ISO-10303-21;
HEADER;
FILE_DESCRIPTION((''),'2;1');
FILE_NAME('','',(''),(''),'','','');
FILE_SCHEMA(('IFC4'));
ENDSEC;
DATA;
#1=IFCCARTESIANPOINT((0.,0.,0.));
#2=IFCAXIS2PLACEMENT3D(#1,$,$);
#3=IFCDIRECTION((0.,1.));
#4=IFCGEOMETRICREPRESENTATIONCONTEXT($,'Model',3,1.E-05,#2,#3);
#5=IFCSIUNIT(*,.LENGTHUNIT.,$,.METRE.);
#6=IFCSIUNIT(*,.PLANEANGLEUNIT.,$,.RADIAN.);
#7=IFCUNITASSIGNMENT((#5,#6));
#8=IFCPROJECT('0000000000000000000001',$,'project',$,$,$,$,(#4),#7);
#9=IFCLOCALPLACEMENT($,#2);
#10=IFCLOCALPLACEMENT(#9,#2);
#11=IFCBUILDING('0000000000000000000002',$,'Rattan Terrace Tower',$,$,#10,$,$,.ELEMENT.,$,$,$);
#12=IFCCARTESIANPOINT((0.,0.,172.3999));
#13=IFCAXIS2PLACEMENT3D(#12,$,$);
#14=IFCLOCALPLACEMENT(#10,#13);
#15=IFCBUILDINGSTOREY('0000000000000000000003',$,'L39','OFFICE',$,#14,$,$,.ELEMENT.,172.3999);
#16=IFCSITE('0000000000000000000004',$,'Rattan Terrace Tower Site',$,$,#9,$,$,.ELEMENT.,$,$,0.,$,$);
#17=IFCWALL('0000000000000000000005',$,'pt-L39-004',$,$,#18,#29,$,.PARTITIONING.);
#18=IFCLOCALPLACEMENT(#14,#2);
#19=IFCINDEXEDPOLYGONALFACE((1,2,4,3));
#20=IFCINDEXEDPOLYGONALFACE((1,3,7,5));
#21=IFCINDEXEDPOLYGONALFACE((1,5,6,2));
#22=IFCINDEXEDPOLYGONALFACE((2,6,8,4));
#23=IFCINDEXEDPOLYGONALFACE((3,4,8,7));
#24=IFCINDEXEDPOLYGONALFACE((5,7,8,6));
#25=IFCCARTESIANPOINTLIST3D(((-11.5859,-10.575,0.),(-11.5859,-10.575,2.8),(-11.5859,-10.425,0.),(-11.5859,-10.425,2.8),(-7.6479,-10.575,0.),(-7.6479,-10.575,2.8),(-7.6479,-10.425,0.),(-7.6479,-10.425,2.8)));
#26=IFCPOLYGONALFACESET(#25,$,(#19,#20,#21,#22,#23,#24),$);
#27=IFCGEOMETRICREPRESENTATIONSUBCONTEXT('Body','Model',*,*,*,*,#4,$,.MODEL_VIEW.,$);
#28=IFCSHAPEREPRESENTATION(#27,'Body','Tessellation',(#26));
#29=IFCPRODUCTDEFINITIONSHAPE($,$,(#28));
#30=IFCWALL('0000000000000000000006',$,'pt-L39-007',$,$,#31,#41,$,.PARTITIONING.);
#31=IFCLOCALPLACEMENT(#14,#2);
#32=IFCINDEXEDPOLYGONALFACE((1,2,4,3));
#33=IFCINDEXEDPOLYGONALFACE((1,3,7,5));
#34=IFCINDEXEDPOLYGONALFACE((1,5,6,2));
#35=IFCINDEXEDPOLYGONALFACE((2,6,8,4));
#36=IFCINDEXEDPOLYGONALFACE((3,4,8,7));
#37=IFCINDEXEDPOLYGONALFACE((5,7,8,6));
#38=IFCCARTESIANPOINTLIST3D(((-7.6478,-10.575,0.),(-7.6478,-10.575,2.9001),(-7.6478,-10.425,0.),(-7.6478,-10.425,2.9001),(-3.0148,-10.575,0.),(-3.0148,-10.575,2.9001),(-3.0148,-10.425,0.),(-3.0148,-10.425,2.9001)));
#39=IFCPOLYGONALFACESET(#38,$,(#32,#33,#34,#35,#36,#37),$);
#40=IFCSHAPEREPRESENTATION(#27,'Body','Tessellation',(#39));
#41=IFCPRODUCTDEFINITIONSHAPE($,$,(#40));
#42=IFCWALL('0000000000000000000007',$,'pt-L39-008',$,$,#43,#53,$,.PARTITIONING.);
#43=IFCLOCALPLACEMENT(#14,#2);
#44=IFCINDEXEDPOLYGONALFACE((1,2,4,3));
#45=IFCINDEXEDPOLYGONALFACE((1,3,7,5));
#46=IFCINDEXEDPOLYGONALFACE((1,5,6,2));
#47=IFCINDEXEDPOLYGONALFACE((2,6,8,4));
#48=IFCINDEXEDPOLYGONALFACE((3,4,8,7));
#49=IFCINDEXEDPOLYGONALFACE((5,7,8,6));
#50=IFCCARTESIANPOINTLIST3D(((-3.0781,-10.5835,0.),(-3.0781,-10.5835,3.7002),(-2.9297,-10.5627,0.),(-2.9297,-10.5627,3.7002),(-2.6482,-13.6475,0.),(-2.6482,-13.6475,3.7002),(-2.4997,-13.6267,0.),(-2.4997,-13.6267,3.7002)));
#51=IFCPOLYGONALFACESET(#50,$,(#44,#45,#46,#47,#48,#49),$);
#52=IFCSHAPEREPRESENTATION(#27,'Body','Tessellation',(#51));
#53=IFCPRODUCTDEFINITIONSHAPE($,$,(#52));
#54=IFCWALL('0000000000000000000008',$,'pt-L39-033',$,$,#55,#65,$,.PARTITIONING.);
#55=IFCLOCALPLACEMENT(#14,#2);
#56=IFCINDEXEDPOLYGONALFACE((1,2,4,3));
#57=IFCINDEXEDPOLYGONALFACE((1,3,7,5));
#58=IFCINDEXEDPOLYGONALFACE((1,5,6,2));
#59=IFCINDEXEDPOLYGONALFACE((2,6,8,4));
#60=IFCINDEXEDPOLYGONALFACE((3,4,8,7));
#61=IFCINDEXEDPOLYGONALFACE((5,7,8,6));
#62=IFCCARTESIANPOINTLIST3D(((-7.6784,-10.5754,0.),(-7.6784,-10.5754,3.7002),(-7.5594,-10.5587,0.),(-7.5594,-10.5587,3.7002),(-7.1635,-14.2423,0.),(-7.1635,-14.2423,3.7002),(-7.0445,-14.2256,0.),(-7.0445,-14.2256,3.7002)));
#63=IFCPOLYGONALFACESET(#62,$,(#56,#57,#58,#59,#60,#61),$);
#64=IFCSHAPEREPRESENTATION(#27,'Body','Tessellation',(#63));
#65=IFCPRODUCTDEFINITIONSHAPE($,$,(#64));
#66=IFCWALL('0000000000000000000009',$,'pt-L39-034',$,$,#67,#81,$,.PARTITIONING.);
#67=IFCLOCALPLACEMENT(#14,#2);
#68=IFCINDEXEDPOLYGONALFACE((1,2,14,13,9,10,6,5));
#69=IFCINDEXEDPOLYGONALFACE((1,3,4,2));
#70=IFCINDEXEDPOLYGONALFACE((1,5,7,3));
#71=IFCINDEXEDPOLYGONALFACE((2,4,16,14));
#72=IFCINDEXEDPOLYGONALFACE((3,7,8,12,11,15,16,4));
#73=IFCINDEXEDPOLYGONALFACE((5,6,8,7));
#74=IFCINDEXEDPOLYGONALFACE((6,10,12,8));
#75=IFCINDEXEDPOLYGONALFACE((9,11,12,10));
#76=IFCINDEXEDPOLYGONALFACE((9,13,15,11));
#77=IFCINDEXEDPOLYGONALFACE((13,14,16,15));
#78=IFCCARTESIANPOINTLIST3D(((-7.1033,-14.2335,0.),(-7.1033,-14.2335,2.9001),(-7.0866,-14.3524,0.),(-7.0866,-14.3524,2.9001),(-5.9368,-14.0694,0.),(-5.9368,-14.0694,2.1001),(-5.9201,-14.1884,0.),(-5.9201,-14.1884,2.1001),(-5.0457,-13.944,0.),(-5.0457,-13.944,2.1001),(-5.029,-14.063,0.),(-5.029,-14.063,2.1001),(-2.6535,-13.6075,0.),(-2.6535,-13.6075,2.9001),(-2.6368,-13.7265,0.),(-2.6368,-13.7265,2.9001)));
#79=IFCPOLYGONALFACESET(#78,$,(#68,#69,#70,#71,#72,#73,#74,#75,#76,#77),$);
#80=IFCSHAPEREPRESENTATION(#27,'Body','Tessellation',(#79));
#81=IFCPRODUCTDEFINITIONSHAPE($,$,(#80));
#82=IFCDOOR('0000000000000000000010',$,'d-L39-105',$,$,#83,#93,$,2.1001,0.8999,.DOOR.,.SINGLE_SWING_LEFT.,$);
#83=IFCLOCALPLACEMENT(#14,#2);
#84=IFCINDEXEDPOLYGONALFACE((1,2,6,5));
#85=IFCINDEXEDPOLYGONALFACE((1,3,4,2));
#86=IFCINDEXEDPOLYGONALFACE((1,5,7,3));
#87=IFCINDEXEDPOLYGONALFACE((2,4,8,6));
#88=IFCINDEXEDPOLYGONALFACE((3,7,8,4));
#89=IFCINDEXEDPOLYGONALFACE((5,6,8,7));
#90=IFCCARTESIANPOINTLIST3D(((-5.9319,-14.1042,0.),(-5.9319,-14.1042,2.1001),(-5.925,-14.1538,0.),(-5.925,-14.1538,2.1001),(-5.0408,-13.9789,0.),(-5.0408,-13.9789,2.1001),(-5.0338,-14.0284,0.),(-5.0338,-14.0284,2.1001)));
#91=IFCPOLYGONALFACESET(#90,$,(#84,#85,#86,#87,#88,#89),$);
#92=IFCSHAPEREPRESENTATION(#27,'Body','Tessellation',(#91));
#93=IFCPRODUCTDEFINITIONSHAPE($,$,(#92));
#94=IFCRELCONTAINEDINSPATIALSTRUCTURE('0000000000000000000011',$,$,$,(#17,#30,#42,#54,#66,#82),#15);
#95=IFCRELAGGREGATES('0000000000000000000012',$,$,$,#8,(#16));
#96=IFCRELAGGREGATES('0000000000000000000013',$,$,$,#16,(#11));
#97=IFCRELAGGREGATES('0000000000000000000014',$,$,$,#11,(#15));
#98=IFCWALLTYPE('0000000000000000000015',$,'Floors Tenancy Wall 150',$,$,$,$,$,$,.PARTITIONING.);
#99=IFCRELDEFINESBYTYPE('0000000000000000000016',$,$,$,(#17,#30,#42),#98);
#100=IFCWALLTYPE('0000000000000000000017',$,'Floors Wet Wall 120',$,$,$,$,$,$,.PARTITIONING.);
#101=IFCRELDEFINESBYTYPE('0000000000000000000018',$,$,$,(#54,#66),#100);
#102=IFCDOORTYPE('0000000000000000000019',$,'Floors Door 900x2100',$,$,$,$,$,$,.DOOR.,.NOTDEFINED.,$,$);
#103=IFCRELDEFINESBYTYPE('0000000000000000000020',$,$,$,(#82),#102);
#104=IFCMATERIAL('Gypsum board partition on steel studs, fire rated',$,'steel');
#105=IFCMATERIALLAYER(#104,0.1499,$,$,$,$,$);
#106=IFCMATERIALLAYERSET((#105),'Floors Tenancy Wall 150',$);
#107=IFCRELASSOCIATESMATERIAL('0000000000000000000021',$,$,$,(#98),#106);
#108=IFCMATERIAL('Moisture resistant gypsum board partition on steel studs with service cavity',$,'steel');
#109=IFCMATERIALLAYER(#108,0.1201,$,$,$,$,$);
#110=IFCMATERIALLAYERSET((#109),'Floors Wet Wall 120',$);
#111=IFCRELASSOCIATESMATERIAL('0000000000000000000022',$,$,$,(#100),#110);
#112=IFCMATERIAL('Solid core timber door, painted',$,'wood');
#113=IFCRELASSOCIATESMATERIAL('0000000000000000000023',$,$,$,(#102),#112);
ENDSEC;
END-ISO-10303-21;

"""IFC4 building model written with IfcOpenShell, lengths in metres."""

from ifc_helpers import new_model, si_unit, direction, frame, frame_2d, origin, place, context, subcontext, project, spatial, rectangle, extrude, material, layer, layer_set, type_object, element, fill, save


model = new_model("IFC4")

# Units and contexts
model_context = context("Model", 3, precision=1e-05, world=origin(), true_north=direction((0.0, 1.0)))
body_context = subcontext(model_context, "Body", "Model", "MODEL_VIEW")
ifc_project = project(units=[si_unit("LENGTHUNIT", "METRE"), si_unit("PLANEANGLEUNIT", "RADIAN")], contexts=[model_context])

# Site, building, storey
site_placement = place(None, origin())
site = spatial("IfcSite", under=ifc_project, at=site_placement, Name="Rattan Terrace Tower Site", CompositionType="ELEMENT", RefElevation=0.0)
building_placement = place(site_placement, origin())
building = spatial("IfcBuilding", under=site, at=building_placement, Name="Rattan Terrace Tower", CompositionType="ELEMENT")
storey_placement = place(building_placement, frame((0.0, 0.0, 172.3999)))
storey = spatial("IfcBuildingStorey", under=building, at=storey_placement, Name="L39", Description="OFFICE", CompositionType="ELEMENT", Elevation=172.3999)

# Walls
ifc_material_1 = material(Name="Gypsum board partition on steel studs, fire rated", Category="steel")
ifc_layer_1 = layer(ifc_material_1, 0.1499)
ifc_layer_set_1 = layer_set([ifc_layer_1], Name="Floors Tenancy Wall 150")
wall_type_1 = type_object("IfcWallType", Name="Floors Tenancy Wall 150", PredefinedType="PARTITIONING", material=ifc_layer_set_1)
wall_1_placement = place(storey_placement, frame((-7.6479, -10.5, 0.0), z_axis=(0.0, 0.0, 1.0), x_axis=(-1.0, 0.0, 0.0)))
element("IfcWall", 1, at=wall_1_placement, inside=storey, type_object=wall_type_1, Name="pt-L39-004", PredefinedType="PARTITIONING", context=body_context, shape_type="SweptSolid", body=[
    extrude(rectangle(XDim=3.938, YDim=0.1499, at=frame_2d((1.969, 0.0))), origin(), (0.0, 0.0, 1.0), 2.8),
])
wall_2_placement = place(storey_placement, frame((-3.0149, -10.5, 0.0), z_axis=(0.0, 0.0, 1.0), x_axis=(-1.0, 0.0, 0.0)))
element("IfcWall", 2, at=wall_2_placement, inside=storey, type_object=wall_type_1, Name="pt-L39-007", PredefinedType="PARTITIONING", context=body_context, shape_type="SweptSolid", body=[
    extrude(rectangle(XDim=4.6331, YDim=0.1499, at=frame_2d((2.3164, 0.0))), origin(), (0.0, 0.0, 1.0), 2.9001),
])
wall_3_placement = place(storey_placement, frame((-2.574, -13.637, 0.0), z_axis=(0.0, 0.0, 1.0), x_axis=(-0.138957, 0.990298, 0.0)))
element("IfcWall", 3, at=wall_3_placement, inside=storey, type_object=wall_type_1, Name="pt-L39-008", PredefinedType="PARTITIONING", context=body_context, shape_type="SweptSolid", body=[
    extrude(rectangle(XDim=3.094, YDim=0.1499, at=frame_2d((1.5469, 0.0))), origin(), (0.0, 0.0, 1.0), 3.7002),
])
ifc_material_2 = material(Name="Moisture resistant gypsum board partition on steel studs with service cavity", Category="steel")
ifc_layer_2 = layer(ifc_material_2, 0.1201)
ifc_layer_set_2 = layer_set([ifc_layer_2], Name="Floors Wet Wall 120")
wall_type_2 = type_object("IfcWallType", Name="Floors Wet Wall 120", PredefinedType="PARTITIONING", material=ifc_layer_set_2)
wall_4_placement = place(storey_placement, frame((-7.6189, -10.5669, 0.0), z_axis=(0.0, 0.0, 1.0), x_axis=(0.139049, -0.990286, 0.0)))
element("IfcWall", 4, at=wall_4_placement, inside=storey, type_object=wall_type_2, Name="pt-L39-033", PredefinedType="PARTITIONING", context=body_context, shape_type="SweptSolid", body=[
    extrude(rectangle(XDim=3.7029, YDim=0.1201, at=frame_2d((1.8516, 0.0))), origin(), (0.0, 0.0, 1.0), 3.7002),
])

# Wall, opening, door
wall_5_placement = place(storey_placement, frame((-7.095, -14.293, 0.0), z_axis=(0.0, 0.0, 1.0), x_axis=(0.99025, 0.139299, 0.0)))
wall_5 = element("IfcWall", 5, at=wall_5_placement, inside=storey, type_object=wall_type_2, Name="pt-L39-034", PredefinedType="PARTITIONING", context=body_context, shape_type="SweptSolid", body=[
    extrude(rectangle(XDim=4.4937, YDim=0.1201, at=frame_2d((2.2468, 0.0))), origin(), (0.0, 0.0, 1.0), 2.9001),
])
opening_1_placement = place(wall_5_placement, frame((1.178, 0.0, 0.0)))
opening_1 = element("IfcOpeningElement", 6, at=opening_1_placement, cuts=wall_5, PredefinedType="OPENING", context=body_context, shape_type="SweptSolid", body=[
    extrude(rectangle(XDim=0.8999, YDim=2.1001, at=frame_2d((0.45, 1.05))), frame((0.0, 0.0706, 0.0), z_axis=(0.0, -1.0, 0.0), x_axis=(1.0, 0.0, 0.0)), (0.0, 0.0, 1.0), 0.1411),
])
ifc_material_3 = material(Name="Solid core timber door, painted", Category="wood")
door_type_1 = type_object("IfcDoorType", Name="Floors Door 900x2100", OperationType="NOTDEFINED", PredefinedType="DOOR", material=ifc_material_3)
door_1_placement = place(opening_1_placement, origin())
door_1 = element("IfcDoor", 7, at=door_1_placement, inside=storey, type_object=door_type_1, Name="d-L39-105", OperationType="SINGLE_SWING_LEFT", OverallHeight=2.1001, OverallWidth=0.8999, PredefinedType="DOOR", context=body_context, shape_type="SweptSolid", body=[
    extrude(rectangle(XDim=0.8999, YDim=2.1001, at=frame_2d((0.45, 1.05))), frame((0.0, 0.0249, 0.0), z_axis=(0.0, -1.0, 0.0), x_axis=(1.0, 0.0, 0.0)), (0.0, 0.0, 1.0), 0.05),
])
fill(opening_1, door_1)

save(model, "model.ifc")
